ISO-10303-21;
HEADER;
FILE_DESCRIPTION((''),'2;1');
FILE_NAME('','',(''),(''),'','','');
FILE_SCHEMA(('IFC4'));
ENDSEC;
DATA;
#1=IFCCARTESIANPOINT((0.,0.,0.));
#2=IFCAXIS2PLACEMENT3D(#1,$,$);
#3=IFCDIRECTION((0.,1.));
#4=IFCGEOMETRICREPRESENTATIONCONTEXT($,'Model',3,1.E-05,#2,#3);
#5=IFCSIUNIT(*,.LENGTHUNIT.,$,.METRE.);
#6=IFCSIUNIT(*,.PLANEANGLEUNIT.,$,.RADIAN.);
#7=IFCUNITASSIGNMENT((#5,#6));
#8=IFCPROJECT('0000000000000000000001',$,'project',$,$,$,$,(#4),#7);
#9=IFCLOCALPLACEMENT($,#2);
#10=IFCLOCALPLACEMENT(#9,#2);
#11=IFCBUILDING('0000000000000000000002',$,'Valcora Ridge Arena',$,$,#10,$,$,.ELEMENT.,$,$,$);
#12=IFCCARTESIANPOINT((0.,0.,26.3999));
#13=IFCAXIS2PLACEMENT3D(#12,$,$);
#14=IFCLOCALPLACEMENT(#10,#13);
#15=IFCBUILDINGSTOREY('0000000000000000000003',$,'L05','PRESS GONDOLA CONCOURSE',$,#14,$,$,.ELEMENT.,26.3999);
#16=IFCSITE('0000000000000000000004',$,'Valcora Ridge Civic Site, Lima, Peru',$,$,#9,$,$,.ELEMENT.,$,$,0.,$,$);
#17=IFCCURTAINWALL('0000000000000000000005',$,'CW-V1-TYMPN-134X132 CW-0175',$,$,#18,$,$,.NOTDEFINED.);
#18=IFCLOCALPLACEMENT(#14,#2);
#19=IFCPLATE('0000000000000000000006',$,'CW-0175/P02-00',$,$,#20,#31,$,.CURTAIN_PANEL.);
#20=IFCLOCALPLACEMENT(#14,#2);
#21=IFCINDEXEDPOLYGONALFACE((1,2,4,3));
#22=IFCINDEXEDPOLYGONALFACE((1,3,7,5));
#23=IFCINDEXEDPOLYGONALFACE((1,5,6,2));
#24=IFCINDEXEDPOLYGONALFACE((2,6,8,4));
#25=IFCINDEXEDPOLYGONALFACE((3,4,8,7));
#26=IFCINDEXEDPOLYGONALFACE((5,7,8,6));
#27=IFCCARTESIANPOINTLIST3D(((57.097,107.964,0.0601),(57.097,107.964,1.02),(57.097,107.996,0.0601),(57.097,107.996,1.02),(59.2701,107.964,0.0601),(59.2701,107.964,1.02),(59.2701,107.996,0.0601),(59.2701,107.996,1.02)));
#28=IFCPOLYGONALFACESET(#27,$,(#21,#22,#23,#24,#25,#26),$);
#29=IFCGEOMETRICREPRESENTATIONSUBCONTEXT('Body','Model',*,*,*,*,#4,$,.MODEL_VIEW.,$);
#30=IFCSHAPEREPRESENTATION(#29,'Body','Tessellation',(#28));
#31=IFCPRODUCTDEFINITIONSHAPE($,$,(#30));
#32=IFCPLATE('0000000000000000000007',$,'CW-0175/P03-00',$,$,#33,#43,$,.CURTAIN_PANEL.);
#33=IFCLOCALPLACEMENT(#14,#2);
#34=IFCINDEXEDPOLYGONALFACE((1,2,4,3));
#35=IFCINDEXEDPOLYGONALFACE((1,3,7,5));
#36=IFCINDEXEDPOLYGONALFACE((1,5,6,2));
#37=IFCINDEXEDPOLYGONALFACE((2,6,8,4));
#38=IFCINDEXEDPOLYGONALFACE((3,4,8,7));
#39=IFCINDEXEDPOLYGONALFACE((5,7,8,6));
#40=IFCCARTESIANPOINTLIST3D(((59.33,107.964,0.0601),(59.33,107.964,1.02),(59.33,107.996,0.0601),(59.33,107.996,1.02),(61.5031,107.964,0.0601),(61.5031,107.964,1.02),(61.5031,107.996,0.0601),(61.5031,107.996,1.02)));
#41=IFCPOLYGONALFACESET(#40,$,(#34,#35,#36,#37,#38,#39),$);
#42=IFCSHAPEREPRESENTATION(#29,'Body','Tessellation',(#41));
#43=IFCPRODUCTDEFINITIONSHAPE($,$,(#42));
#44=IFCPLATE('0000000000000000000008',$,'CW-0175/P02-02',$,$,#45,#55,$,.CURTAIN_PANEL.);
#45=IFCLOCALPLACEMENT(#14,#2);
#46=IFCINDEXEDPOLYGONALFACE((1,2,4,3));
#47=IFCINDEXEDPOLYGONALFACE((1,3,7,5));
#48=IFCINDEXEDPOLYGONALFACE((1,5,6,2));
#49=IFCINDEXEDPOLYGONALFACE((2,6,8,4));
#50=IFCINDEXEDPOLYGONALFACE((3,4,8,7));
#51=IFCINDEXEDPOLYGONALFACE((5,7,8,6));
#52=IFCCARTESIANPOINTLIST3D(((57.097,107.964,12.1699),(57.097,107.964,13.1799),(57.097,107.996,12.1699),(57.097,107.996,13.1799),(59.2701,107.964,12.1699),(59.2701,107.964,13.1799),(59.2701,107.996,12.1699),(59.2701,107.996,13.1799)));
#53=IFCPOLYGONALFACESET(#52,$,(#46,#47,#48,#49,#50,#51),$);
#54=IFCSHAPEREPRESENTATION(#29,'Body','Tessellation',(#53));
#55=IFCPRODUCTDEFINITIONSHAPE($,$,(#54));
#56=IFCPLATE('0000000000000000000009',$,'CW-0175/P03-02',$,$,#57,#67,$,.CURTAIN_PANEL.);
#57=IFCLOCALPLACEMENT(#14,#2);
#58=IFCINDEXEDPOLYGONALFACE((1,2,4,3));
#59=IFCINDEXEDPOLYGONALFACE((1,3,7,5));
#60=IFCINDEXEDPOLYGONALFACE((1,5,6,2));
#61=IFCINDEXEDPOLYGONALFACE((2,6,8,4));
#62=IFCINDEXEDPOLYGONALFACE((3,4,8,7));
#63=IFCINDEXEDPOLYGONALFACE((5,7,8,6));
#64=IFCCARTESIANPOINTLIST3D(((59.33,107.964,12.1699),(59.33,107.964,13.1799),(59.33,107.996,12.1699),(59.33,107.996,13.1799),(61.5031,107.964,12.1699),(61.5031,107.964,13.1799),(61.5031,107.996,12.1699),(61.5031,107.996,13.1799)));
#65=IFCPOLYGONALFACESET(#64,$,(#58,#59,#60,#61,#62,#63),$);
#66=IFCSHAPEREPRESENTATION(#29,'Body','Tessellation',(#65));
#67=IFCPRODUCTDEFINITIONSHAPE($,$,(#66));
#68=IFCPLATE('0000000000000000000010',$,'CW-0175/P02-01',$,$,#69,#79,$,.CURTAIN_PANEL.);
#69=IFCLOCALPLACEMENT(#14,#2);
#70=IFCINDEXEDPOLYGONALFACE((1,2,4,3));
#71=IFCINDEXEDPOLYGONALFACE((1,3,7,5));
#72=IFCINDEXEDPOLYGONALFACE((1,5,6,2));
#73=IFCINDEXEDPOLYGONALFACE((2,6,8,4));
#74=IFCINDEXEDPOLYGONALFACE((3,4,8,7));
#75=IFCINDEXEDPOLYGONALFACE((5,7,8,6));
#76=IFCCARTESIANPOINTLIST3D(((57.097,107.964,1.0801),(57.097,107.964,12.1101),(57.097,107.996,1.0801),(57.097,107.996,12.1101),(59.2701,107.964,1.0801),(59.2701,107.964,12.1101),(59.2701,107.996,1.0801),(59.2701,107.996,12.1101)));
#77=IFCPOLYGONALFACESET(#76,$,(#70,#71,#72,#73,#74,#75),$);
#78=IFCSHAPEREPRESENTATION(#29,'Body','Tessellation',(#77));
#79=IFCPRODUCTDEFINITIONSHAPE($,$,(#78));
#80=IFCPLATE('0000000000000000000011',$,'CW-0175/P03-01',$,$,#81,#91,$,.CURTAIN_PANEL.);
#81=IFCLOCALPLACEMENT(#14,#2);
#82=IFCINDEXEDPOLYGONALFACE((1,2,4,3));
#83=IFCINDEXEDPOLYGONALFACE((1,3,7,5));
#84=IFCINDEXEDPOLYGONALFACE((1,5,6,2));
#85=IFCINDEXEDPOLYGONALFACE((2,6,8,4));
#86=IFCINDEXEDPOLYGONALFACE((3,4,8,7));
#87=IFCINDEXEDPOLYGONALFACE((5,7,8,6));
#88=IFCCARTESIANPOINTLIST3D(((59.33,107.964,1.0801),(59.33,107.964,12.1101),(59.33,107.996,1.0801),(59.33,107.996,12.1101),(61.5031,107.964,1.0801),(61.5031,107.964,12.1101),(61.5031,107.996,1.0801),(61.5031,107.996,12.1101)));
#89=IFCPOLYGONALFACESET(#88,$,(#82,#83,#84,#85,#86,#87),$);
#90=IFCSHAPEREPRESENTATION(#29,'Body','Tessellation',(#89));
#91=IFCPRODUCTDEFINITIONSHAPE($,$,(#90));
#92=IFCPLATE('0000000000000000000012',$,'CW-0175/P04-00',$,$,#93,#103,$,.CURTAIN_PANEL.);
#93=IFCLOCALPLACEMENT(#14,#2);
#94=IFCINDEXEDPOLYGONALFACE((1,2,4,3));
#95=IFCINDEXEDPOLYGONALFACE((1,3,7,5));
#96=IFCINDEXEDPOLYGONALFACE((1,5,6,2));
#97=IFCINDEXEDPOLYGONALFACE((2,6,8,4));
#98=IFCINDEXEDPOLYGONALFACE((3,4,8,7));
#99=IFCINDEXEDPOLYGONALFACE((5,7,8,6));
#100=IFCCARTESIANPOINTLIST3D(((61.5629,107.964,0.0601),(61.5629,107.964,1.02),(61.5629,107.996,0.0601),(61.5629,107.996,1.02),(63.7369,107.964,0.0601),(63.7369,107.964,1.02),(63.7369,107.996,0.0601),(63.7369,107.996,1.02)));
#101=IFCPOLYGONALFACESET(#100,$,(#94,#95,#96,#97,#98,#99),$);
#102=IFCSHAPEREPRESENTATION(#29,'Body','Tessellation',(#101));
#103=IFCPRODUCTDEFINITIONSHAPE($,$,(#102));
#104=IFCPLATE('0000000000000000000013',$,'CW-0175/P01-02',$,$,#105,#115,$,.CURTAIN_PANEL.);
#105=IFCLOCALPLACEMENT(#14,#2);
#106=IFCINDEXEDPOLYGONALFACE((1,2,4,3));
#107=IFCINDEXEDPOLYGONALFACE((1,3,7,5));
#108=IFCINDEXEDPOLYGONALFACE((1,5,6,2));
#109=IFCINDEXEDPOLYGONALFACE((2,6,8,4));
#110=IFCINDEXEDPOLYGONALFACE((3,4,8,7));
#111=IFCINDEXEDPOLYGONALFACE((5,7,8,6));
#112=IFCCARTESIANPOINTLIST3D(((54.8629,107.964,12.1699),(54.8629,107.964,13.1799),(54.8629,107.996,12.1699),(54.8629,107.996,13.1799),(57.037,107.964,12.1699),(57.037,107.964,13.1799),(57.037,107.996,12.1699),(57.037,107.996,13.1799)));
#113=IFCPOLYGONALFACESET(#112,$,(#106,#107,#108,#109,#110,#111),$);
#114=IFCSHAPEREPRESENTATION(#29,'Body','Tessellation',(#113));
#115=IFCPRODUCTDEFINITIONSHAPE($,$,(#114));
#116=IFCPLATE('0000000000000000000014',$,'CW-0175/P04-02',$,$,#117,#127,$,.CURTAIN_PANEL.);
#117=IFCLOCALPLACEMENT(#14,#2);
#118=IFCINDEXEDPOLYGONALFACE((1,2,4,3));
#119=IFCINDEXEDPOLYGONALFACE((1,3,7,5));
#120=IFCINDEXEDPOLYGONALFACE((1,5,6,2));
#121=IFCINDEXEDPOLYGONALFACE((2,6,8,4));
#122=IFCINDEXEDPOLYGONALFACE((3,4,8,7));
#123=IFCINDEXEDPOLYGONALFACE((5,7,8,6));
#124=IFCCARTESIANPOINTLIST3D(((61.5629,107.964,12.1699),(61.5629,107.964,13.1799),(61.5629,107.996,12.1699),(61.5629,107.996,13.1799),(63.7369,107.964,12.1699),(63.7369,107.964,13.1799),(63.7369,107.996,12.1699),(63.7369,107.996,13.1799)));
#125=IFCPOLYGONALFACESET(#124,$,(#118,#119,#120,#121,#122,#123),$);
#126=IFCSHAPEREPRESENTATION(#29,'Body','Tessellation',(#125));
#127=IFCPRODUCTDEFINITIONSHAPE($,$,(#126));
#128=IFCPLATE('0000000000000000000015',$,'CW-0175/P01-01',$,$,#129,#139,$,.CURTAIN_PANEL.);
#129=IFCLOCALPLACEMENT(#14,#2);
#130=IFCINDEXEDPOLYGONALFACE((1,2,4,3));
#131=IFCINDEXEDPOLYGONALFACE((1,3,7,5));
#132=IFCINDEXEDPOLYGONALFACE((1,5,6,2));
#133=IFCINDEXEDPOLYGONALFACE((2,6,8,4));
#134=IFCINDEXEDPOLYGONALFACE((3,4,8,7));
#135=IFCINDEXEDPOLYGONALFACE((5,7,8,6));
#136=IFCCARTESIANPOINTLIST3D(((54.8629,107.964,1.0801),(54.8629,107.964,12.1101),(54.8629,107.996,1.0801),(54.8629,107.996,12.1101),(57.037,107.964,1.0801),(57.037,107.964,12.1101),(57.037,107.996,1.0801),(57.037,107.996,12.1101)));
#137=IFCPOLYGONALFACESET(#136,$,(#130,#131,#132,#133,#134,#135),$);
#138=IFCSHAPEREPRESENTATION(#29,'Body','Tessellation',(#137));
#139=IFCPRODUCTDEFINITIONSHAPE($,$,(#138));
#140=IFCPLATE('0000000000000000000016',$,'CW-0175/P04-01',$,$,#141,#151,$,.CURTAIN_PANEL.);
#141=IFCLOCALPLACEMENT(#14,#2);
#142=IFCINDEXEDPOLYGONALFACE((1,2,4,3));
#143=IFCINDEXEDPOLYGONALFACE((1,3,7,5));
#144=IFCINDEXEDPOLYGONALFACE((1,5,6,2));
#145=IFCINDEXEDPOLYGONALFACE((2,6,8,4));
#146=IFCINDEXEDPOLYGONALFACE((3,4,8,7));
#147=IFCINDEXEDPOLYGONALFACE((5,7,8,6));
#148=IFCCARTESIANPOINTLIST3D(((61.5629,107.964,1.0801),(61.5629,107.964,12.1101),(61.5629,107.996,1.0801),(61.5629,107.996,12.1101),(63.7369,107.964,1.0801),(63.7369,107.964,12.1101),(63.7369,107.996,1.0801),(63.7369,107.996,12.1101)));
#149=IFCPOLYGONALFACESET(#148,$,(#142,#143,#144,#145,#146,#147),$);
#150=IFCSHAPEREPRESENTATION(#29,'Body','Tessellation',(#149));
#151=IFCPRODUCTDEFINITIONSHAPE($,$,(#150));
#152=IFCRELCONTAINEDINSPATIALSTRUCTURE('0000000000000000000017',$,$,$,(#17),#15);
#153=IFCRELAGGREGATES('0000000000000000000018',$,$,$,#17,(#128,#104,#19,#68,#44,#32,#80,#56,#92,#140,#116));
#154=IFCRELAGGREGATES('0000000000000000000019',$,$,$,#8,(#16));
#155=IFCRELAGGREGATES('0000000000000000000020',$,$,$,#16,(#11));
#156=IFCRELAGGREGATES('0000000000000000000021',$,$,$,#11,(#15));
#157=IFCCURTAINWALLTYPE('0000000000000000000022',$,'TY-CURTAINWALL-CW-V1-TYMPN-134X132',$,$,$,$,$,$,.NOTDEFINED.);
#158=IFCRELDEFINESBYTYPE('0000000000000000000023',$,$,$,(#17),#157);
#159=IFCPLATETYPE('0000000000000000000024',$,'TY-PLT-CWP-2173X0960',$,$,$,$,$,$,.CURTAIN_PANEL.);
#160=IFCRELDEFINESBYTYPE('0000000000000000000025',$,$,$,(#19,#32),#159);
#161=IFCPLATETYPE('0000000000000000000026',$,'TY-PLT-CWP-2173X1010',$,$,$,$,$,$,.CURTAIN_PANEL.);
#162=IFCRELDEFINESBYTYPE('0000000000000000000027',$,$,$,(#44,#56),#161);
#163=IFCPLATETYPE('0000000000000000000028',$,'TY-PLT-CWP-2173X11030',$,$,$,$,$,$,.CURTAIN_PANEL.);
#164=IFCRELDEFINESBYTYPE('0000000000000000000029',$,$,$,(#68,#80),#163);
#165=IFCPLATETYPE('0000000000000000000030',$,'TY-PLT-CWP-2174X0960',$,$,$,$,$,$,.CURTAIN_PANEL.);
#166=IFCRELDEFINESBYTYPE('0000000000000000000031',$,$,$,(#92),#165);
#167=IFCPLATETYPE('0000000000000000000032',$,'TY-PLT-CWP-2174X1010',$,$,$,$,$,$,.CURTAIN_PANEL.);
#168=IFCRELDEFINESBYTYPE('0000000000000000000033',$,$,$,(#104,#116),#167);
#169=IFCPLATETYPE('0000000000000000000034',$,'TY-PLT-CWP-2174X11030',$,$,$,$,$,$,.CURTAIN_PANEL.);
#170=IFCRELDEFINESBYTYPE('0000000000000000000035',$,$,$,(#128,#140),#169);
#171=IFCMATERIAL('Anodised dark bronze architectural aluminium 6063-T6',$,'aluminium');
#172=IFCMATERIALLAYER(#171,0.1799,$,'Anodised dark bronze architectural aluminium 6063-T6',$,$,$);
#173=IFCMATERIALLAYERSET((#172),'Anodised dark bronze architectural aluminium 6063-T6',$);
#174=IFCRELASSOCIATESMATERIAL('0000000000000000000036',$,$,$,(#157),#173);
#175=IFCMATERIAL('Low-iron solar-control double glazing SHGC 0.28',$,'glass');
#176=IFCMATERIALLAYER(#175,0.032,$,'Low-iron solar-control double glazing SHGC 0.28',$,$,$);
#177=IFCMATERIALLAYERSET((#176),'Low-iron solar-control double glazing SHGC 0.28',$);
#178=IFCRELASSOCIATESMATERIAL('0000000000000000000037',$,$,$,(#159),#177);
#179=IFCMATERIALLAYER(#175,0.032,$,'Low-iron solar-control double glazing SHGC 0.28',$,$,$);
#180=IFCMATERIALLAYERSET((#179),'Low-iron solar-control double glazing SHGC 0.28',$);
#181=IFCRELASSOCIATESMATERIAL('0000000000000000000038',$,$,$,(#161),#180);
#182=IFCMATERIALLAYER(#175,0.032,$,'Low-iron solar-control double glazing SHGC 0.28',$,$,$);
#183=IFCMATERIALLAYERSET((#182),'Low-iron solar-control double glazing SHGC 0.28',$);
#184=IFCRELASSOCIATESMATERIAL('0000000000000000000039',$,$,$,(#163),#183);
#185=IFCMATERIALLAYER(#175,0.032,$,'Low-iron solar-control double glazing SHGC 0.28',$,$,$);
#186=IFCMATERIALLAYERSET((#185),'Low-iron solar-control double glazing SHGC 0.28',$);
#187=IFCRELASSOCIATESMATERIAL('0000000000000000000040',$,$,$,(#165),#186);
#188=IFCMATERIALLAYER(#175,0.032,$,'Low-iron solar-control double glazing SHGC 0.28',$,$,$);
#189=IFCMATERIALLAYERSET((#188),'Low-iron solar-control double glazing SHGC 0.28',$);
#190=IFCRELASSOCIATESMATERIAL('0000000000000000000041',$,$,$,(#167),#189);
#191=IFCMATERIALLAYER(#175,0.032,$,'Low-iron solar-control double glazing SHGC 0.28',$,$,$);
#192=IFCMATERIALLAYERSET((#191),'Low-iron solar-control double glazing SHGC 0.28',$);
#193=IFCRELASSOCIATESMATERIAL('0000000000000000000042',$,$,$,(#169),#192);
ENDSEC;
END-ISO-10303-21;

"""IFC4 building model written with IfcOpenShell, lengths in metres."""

from ifc_helpers import new_model, si_unit, direction, frame, origin, origin_2d, place, context, subcontext, project, spatial, rectangle, extrude, material, layer, layer_set, type_object, element, aggregate, save


model = new_model("IFC4")

# Units and contexts
model_context = context("Model", 3, precision=1e-05, world=origin(), true_north=direction((0.0, 1.0)))
body_context = subcontext(model_context, "Body", "Model", "MODEL_VIEW")
ifc_project = project(units=[si_unit("LENGTHUNIT", "METRE"), si_unit("PLANEANGLEUNIT", "RADIAN")], contexts=[model_context])

# Site, building, storey
site_placement = place(None, origin())
site = spatial("IfcSite", under=ifc_project, at=site_placement, Name="Valcora Ridge Civic Site, Lima, Peru", CompositionType="ELEMENT", RefElevation=0.0)
building_placement = place(site_placement, origin())
building = spatial("IfcBuilding", under=site, at=building_placement, Name="Valcora Ridge Arena", CompositionType="ELEMENT")
storey_placement = place(building_placement, frame((0.0, 0.0, 26.3999)))
storey = spatial("IfcBuildingStorey", under=building, at=storey_placement, Name="L05", Description="PRESS GONDOLA CONCOURSE", CompositionType="ELEMENT", Elevation=26.3999)

# Curtain wall, plates
ifc_material_1 = material(Name="Anodised dark bronze architectural aluminium 6063-T6", Category="aluminium")
ifc_layer_1 = layer(ifc_material_1, 0.1799, Name="Anodised dark bronze architectural aluminium 6063-T6")
ifc_layer_set_1 = layer_set([ifc_layer_1], Name="Anodised dark bronze architectural aluminium 6063-T6")
curtain_wall_type = type_object("IfcCurtainWallType", Name="TY-CURTAINWALL-CW-V1-TYMPN-134X132", PredefinedType="NOTDEFINED", material=ifc_layer_set_1)
curtain_wall_placement = place(storey_placement, origin())
curtain_wall = element("IfcCurtainWall", 1, at=curtain_wall_placement, inside=storey, type_object=curtain_wall_type, Name="CW-V1-TYMPN-134X132 CW-0175", PredefinedType="NOTDEFINED")
ifc_material_2 = material(Name="Low-iron solar-control double glazing SHGC 0.28", Category="glass")
ifc_layer_2 = layer(ifc_material_2, 0.032, Name="Low-iron solar-control double glazing SHGC 0.28")
ifc_layer_set_2 = layer_set([ifc_layer_2], Name="Low-iron solar-control double glazing SHGC 0.28")
plate_type_1 = type_object("IfcPlateType", Name="TY-PLT-CWP-2173X0960", PredefinedType="CURTAIN_PANEL", material=ifc_layer_set_2)
plate_1_placement = place(storey_placement, frame((58.1836, 107.98, 0.0601), z_axis=(0.0, 0.0, 1.0), x_axis=(1.0, 0.0, 0.0)))
plate_1 = element("IfcPlate", 2, at=plate_1_placement, type_object=plate_type_1, Name="CW-0175/P02-00", PredefinedType="CURTAIN_PANEL", context=body_context, shape_type="SweptSolid", body=[
    extrude(rectangle(XDim=2.1731, YDim=0.032, at=origin_2d()), origin(), (0.0, 0.0, 1.0), 0.96),
])
plate_2_placement = place(storey_placement, frame((60.4165, 107.98, 0.0601), z_axis=(0.0, 0.0, 1.0), x_axis=(1.0, 0.0, 0.0)))
plate_2 = element("IfcPlate", 3, at=plate_2_placement, type_object=plate_type_1, Name="CW-0175/P03-00", PredefinedType="CURTAIN_PANEL", context=body_context, shape_type="SweptSolid", body=[
    extrude(rectangle(XDim=2.1731, YDim=0.032, at=origin_2d()), origin(), (0.0, 0.0, 1.0), 0.96),
])
ifc_layer_3 = layer(ifc_material_2, 0.032, Name="Low-iron solar-control double glazing SHGC 0.28")
ifc_layer_set_3 = layer_set([ifc_layer_3], Name="Low-iron solar-control double glazing SHGC 0.28")
plate_type_2 = type_object("IfcPlateType", Name="TY-PLT-CWP-2173X1010", PredefinedType="CURTAIN_PANEL", material=ifc_layer_set_3)
plate_3_placement = place(storey_placement, frame((58.1836, 107.98, 12.1699), z_axis=(0.0, 0.0, 1.0), x_axis=(1.0, 0.0, 0.0)))
plate_3 = element("IfcPlate", 4, at=plate_3_placement, type_object=plate_type_2, Name="CW-0175/P02-02", PredefinedType="CURTAIN_PANEL", context=body_context, shape_type="SweptSolid", body=[
    extrude(rectangle(XDim=2.1731, YDim=0.032, at=origin_2d()), origin(), (0.0, 0.0, 1.0), 1.01),
])
plate_4_placement = place(storey_placement, frame((60.4165, 107.98, 12.1699), z_axis=(0.0, 0.0, 1.0), x_axis=(1.0, 0.0, 0.0)))
plate_4 = element("IfcPlate", 5, at=plate_4_placement, type_object=plate_type_2, Name="CW-0175/P03-02", PredefinedType="CURTAIN_PANEL", context=body_context, shape_type="SweptSolid", body=[
    extrude(rectangle(XDim=2.1731, YDim=0.032, at=origin_2d()), origin(), (0.0, 0.0, 1.0), 1.01),
])
ifc_layer_4 = layer(ifc_material_2, 0.032, Name="Low-iron solar-control double glazing SHGC 0.28")
ifc_layer_set_4 = layer_set([ifc_layer_4], Name="Low-iron solar-control double glazing SHGC 0.28")
plate_type_3 = type_object("IfcPlateType", Name="TY-PLT-CWP-2173X11030", PredefinedType="CURTAIN_PANEL", material=ifc_layer_set_4)
plate_5_placement = place(storey_placement, frame((58.1836, 107.98, 1.0801), z_axis=(0.0, 0.0, 1.0), x_axis=(1.0, 0.0, 0.0)))
plate_5 = element("IfcPlate", 6, at=plate_5_placement, type_object=plate_type_3, Name="CW-0175/P02-01", PredefinedType="CURTAIN_PANEL", context=body_context, shape_type="SweptSolid", body=[
    extrude(rectangle(XDim=2.1731, YDim=0.032, at=origin_2d()), origin(), (0.0, 0.0, 1.0), 11.03),
])
plate_6_placement = place(storey_placement, frame((60.4165, 107.98, 1.0801), z_axis=(0.0, 0.0, 1.0), x_axis=(1.0, 0.0, 0.0)))
plate_6 = element("IfcPlate", 7, at=plate_6_placement, type_object=plate_type_3, Name="CW-0175/P03-01", PredefinedType="CURTAIN_PANEL", context=body_context, shape_type="SweptSolid", body=[
    extrude(rectangle(XDim=2.1731, YDim=0.032, at=origin_2d()), origin(), (0.0, 0.0, 1.0), 11.03),
])
ifc_layer_5 = layer(ifc_material_2, 0.032, Name="Low-iron solar-control double glazing SHGC 0.28")
ifc_layer_set_5 = layer_set([ifc_layer_5], Name="Low-iron solar-control double glazing SHGC 0.28")
plate_type_4 = type_object("IfcPlateType", Name="TY-PLT-CWP-2174X0960", PredefinedType="CURTAIN_PANEL", material=ifc_layer_set_5)
plate_7_placement = place(storey_placement, frame((62.6499, 107.98, 0.0601), z_axis=(0.0, 0.0, 1.0), x_axis=(1.0, 0.0, 0.0)))
plate_7 = element("IfcPlate", 8, at=plate_7_placement, type_object=plate_type_4, Name="CW-0175/P04-00", PredefinedType="CURTAIN_PANEL", context=body_context, shape_type="SweptSolid", body=[
    extrude(rectangle(XDim=2.1741, YDim=0.032, at=origin_2d()), origin(), (0.0, 0.0, 1.0), 0.96),
])
ifc_layer_6 = layer(ifc_material_2, 0.032, Name="Low-iron solar-control double glazing SHGC 0.28")
ifc_layer_set_6 = layer_set([ifc_layer_6], Name="Low-iron solar-control double glazing SHGC 0.28")
plate_type_5 = type_object("IfcPlateType", Name="TY-PLT-CWP-2174X1010", PredefinedType="CURTAIN_PANEL", material=ifc_layer_set_6)
plate_8_placement = place(storey_placement, frame((55.95, 107.98, 12.1699), z_axis=(0.0, 0.0, 1.0), x_axis=(1.0, 0.0, 0.0)))
plate_8 = element("IfcPlate", 9, at=plate_8_placement, type_object=plate_type_5, Name="CW-0175/P01-02", PredefinedType="CURTAIN_PANEL", context=body_context, shape_type="SweptSolid", body=[
    extrude(rectangle(XDim=2.1741, YDim=0.032, at=origin_2d()), origin(), (0.0, 0.0, 1.0), 1.01),
])
plate_9_placement = place(storey_placement, frame((62.6499, 107.98, 12.1699), z_axis=(0.0, 0.0, 1.0), x_axis=(1.0, 0.0, 0.0)))
plate_9 = element("IfcPlate", 10, at=plate_9_placement, type_object=plate_type_5, Name="CW-0175/P04-02", PredefinedType="CURTAIN_PANEL", context=body_context, shape_type="SweptSolid", body=[
    extrude(rectangle(XDim=2.1741, YDim=0.032, at=origin_2d()), origin(), (0.0, 0.0, 1.0), 1.01),
])
ifc_layer_7 = layer(ifc_material_2, 0.032, Name="Low-iron solar-control double glazing SHGC 0.28")
ifc_layer_set_7 = layer_set([ifc_layer_7], Name="Low-iron solar-control double glazing SHGC 0.28")
plate_type_6 = type_object("IfcPlateType", Name="TY-PLT-CWP-2174X11030", PredefinedType="CURTAIN_PANEL", material=ifc_layer_set_7)
plate_10_placement = place(storey_placement, frame((55.95, 107.98, 1.0801), z_axis=(0.0, 0.0, 1.0), x_axis=(1.0, 0.0, 0.0)))
plate_10 = element("IfcPlate", 11, at=plate_10_placement, type_object=plate_type_6, Name="CW-0175/P01-01", PredefinedType="CURTAIN_PANEL", context=body_context, shape_type="SweptSolid", body=[
    extrude(rectangle(XDim=2.1741, YDim=0.032, at=origin_2d()), origin(), (0.0, 0.0, 1.0), 11.03),
])
plate_11_placement = place(storey_placement, frame((62.6499, 107.98, 1.0801), z_axis=(0.0, 0.0, 1.0), x_axis=(1.0, 0.0, 0.0)))
plate_11 = element("IfcPlate", 12, at=plate_11_placement, type_object=plate_type_6, Name="CW-0175/P04-01", PredefinedType="CURTAIN_PANEL", context=body_context, shape_type="SweptSolid", body=[
    extrude(rectangle(XDim=2.1741, YDim=0.032, at=origin_2d()), origin(), (0.0, 0.0, 1.0), 11.03),
])
aggregate(curtain_wall, [plate_10, plate_8, plate_1, plate_5, plate_3, plate_2, plate_6, plate_4, plate_7, plate_11, plate_9])

save(model, "model.ifc")
